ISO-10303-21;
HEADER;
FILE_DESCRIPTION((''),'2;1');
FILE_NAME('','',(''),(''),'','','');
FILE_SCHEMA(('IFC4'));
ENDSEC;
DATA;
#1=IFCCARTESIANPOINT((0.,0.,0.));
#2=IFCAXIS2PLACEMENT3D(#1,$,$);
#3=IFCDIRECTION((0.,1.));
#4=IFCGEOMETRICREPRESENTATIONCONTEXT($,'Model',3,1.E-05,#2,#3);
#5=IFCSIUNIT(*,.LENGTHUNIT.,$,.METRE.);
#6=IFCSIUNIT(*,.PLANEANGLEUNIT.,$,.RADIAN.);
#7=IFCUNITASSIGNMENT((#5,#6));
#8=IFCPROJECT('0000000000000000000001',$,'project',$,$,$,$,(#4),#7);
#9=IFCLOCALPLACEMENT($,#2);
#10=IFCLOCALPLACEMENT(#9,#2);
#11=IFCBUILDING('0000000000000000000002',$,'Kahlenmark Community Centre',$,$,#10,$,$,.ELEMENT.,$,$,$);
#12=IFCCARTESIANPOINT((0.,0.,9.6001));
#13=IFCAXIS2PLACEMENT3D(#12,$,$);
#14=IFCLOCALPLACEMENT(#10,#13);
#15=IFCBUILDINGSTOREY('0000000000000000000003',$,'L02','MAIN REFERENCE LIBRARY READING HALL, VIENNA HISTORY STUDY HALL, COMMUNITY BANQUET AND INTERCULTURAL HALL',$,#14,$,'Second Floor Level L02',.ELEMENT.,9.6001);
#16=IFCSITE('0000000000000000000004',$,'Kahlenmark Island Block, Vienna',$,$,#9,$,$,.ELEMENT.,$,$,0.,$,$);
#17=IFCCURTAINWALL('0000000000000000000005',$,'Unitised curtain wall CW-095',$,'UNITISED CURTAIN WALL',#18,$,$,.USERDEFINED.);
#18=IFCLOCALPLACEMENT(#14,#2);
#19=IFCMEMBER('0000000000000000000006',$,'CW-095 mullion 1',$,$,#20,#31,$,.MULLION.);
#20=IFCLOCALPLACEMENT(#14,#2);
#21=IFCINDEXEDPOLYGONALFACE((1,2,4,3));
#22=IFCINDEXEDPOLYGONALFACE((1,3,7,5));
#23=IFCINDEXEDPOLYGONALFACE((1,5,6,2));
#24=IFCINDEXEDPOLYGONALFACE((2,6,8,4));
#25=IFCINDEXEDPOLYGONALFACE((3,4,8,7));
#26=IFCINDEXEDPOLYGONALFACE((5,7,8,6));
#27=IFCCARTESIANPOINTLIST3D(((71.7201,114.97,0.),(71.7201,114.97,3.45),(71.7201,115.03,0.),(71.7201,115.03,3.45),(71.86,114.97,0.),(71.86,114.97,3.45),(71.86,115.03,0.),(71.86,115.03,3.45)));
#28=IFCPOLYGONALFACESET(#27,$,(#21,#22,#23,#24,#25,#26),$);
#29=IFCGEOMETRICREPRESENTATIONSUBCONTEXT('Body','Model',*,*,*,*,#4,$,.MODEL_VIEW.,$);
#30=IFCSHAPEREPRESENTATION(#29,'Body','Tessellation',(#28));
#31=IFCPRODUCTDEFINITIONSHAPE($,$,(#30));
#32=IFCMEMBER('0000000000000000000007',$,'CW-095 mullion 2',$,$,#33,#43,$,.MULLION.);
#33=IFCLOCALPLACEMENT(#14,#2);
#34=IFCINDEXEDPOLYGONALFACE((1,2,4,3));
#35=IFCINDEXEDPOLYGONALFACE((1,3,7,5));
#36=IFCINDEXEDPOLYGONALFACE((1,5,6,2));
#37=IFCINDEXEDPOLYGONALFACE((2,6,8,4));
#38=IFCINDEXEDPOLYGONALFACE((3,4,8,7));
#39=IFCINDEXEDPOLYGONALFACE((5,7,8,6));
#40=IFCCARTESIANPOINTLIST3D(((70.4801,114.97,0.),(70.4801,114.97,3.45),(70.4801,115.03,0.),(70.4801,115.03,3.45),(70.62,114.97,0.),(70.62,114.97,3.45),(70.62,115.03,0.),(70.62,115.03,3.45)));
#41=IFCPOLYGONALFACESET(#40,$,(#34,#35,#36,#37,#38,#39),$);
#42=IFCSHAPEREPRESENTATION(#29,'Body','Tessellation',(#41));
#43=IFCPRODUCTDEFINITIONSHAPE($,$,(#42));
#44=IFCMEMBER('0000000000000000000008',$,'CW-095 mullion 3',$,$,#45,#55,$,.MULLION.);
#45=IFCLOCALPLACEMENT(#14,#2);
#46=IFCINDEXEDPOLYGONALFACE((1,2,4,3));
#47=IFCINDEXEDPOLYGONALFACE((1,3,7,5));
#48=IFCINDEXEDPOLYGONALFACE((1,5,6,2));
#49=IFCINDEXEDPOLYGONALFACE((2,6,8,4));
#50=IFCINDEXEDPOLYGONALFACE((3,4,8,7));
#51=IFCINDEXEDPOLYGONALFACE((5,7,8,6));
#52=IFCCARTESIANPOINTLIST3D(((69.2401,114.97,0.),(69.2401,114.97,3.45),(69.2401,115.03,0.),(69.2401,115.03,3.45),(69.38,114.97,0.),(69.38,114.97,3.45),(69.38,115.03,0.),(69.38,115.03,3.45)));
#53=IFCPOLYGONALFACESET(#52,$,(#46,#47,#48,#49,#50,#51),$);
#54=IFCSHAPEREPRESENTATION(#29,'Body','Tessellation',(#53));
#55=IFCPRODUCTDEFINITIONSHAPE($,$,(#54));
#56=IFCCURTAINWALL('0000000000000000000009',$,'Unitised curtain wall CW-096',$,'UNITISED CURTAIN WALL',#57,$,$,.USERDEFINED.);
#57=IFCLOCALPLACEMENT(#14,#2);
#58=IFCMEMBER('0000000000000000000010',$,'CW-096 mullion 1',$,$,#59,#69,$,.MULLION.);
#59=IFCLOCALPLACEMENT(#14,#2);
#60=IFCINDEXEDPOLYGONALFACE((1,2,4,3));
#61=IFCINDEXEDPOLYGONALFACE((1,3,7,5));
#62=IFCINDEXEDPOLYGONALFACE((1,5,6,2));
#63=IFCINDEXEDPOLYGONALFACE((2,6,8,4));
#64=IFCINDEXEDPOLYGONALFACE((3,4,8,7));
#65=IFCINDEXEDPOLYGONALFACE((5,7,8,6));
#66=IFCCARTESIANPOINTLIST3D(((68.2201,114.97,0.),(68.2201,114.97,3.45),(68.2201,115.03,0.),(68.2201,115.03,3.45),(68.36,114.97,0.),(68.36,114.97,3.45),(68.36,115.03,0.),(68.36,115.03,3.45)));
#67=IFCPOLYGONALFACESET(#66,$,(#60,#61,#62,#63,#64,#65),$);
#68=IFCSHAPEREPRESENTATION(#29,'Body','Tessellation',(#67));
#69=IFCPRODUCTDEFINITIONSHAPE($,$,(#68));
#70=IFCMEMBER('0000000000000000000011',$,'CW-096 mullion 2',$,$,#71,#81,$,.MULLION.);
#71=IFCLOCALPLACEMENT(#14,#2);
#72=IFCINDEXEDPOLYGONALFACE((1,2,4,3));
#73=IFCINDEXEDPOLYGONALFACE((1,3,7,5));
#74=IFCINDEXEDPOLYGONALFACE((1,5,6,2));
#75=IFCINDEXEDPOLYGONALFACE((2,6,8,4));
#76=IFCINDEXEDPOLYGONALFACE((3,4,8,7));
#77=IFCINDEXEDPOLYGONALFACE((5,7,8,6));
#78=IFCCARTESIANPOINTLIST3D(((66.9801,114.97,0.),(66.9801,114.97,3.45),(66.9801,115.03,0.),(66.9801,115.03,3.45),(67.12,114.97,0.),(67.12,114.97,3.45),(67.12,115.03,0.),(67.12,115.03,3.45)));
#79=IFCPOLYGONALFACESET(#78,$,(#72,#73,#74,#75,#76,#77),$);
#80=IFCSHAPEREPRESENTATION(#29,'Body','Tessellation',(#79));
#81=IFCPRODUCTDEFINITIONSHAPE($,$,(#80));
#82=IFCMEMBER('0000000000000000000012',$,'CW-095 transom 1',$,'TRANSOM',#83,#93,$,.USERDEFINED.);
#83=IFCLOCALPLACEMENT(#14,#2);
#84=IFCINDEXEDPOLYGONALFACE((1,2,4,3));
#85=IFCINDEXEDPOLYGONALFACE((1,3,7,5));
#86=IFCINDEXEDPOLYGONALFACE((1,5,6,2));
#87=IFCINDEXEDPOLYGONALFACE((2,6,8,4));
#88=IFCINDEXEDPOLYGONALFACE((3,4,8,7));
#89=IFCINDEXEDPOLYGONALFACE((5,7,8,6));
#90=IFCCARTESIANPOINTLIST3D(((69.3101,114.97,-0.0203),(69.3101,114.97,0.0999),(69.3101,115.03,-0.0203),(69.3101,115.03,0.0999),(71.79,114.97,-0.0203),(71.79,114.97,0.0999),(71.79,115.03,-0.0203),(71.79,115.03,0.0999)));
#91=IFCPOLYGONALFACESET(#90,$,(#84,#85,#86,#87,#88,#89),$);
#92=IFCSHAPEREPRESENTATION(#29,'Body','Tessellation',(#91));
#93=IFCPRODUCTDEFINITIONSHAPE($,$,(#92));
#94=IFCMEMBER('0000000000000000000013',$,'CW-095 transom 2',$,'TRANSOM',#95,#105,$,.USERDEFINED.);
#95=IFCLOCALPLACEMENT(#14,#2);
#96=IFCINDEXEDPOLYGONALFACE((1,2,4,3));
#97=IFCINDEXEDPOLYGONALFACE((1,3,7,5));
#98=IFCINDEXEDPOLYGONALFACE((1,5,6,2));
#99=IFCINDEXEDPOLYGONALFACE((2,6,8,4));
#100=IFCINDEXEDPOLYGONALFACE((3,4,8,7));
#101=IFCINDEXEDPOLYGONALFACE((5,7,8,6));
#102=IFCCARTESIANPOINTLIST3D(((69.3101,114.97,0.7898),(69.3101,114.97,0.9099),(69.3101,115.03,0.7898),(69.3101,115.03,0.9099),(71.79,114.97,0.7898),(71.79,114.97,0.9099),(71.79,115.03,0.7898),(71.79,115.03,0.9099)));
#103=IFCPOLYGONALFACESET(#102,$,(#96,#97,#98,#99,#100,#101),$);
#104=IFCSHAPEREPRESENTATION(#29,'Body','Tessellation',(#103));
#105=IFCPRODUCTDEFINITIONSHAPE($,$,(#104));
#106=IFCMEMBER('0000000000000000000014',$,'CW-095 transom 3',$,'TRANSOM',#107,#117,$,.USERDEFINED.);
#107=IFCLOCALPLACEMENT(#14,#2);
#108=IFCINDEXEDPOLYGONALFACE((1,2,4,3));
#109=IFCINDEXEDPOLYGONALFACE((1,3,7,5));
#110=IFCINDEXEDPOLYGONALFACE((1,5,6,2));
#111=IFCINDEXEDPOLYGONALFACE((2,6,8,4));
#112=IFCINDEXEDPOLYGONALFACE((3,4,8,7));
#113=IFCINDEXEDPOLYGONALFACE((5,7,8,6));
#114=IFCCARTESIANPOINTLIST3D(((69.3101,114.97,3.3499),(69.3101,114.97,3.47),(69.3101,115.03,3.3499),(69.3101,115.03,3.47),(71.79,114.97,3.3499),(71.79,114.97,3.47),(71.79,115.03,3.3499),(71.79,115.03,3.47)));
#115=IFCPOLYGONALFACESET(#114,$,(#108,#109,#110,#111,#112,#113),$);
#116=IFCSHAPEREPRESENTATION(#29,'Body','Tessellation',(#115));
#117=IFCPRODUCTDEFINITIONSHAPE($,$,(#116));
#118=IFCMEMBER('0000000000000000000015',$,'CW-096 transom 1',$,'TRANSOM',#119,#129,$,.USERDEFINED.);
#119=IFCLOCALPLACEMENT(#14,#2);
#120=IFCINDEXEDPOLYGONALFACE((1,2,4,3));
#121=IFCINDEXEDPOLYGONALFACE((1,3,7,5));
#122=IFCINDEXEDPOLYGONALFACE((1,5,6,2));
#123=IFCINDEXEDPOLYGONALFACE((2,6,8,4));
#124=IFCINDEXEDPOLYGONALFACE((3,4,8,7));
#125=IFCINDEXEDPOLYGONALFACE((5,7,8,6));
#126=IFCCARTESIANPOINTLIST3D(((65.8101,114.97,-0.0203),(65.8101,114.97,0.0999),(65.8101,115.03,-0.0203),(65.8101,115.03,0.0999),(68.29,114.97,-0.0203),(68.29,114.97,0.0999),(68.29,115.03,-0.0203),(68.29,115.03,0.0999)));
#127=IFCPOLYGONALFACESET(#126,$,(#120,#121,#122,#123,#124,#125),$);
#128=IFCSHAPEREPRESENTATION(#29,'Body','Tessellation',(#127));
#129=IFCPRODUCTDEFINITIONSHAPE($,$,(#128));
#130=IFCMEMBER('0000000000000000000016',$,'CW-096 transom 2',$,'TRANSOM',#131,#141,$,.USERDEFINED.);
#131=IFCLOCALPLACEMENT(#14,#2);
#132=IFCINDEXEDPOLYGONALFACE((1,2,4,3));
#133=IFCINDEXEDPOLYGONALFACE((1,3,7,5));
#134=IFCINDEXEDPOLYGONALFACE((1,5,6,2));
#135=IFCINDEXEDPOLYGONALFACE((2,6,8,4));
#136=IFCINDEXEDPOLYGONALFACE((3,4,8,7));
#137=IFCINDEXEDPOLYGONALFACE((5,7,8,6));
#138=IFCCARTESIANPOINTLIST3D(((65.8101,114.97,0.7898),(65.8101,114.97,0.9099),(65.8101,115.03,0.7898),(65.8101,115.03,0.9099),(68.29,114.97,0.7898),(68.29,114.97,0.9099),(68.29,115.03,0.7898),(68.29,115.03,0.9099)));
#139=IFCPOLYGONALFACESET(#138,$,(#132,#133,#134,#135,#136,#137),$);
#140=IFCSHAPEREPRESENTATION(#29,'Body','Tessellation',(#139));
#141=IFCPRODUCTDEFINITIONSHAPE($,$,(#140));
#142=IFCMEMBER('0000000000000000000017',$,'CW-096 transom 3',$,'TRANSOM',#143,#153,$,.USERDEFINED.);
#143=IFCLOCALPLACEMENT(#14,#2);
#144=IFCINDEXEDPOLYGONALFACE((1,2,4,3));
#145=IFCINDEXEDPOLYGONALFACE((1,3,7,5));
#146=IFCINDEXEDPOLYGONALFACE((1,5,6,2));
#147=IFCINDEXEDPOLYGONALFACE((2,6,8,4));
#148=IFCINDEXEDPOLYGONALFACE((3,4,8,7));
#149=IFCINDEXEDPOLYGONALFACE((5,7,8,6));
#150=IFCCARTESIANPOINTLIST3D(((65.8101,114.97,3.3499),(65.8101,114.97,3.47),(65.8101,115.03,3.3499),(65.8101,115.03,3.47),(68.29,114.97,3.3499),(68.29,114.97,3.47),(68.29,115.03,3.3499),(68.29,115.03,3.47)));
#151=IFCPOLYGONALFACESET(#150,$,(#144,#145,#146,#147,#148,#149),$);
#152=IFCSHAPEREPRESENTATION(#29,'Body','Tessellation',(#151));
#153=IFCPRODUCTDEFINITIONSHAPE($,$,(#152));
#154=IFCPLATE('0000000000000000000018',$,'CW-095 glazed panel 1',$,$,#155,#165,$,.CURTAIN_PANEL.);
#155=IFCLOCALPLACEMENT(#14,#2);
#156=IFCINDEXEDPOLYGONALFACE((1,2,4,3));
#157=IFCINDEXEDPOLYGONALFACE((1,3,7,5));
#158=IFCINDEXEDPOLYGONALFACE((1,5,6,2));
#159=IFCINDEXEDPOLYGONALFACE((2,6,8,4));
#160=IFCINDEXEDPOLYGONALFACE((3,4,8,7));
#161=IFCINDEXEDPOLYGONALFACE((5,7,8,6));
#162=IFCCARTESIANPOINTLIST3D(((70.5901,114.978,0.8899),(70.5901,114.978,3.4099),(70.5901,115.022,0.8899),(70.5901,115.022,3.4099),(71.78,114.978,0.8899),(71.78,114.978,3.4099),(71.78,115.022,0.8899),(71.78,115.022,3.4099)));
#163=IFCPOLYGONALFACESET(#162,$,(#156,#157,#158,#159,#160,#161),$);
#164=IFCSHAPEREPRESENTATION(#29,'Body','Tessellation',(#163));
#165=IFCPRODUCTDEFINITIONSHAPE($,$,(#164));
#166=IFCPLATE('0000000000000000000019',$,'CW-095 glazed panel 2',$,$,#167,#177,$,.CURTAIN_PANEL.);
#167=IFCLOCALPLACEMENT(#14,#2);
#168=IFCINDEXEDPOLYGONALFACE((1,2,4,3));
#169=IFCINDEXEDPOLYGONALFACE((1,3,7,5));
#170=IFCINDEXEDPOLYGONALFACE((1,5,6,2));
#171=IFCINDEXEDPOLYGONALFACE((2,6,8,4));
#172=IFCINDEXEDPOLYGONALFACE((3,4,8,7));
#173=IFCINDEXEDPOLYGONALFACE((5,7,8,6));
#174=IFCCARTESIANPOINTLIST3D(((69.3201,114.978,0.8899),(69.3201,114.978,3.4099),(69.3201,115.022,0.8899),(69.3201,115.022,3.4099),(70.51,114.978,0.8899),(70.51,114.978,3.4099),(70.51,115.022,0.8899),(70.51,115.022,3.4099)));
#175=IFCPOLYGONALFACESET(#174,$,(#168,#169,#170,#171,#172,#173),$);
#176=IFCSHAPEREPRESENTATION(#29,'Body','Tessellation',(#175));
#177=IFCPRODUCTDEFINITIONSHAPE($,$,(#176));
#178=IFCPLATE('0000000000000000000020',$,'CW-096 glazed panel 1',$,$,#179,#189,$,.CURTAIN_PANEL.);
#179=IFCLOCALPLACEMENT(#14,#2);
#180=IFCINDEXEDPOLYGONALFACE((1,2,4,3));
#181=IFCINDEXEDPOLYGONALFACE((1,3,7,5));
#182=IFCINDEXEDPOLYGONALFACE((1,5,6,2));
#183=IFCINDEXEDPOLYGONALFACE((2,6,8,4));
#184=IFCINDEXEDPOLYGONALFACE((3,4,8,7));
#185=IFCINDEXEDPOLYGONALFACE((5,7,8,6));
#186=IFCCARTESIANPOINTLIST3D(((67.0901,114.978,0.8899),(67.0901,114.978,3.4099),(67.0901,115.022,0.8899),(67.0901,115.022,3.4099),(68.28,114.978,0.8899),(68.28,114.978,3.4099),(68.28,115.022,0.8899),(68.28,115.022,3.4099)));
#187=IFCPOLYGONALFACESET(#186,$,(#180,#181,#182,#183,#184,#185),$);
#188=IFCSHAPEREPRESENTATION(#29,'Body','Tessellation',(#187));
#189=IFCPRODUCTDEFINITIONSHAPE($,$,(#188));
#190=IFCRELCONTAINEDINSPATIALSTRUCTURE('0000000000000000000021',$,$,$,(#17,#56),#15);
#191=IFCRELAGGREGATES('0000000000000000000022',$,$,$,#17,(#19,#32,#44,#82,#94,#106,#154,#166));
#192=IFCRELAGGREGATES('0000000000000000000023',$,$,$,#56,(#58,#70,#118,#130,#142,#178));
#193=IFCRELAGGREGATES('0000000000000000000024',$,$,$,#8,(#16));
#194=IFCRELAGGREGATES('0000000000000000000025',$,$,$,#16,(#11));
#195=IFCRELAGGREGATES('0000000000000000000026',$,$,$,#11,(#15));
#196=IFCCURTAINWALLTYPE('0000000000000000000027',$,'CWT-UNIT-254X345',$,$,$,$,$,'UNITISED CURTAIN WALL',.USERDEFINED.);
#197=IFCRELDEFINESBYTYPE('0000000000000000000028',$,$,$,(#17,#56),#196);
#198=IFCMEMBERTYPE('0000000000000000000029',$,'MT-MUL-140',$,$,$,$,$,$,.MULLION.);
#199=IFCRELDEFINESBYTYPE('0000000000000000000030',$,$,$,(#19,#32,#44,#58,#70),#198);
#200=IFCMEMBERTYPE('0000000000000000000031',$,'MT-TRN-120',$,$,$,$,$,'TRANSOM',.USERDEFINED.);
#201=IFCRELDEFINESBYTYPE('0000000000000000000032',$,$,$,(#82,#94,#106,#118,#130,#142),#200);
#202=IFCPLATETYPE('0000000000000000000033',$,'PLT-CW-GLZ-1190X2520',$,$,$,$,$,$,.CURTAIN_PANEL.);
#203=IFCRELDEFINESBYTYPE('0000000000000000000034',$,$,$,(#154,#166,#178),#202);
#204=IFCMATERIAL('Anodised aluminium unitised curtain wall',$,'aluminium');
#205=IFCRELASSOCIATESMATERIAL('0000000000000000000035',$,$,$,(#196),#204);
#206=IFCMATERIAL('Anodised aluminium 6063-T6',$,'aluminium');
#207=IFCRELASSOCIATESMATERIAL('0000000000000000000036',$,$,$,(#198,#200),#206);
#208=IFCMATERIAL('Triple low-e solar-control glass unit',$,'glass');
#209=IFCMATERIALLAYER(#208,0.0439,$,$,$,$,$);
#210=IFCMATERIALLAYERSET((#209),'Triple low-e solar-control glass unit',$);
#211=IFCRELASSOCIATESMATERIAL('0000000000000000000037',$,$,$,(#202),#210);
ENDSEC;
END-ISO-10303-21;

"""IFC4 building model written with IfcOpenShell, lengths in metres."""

from ifc_helpers import new_model, si_unit, direction, frame, origin, origin_2d, place, context, subcontext, project, spatial, rectangle, extrude, material, layer, layer_set, material_profile, profile_set, type_object, element, aggregate, save


model = new_model("IFC4")

# Units and contexts
model_context = context("Model", 3, precision=1e-05, world=origin(), true_north=direction((0.0, 1.0)))
body_context = subcontext(model_context, "Body", "Model", "MODEL_VIEW")
ifc_project = project(units=[si_unit("LENGTHUNIT", "METRE"), si_unit("PLANEANGLEUNIT", "RADIAN")], contexts=[model_context])

# Site, building, storey
site_placement = place(None, origin())
site = spatial("IfcSite", under=ifc_project, at=site_placement, Name="Kahlenmark Island Block, Vienna", CompositionType="ELEMENT", RefElevation=0.0)
building_placement = place(site_placement, origin())
building = spatial("IfcBuilding", under=site, at=building_placement, Name="Kahlenmark Community Centre", CompositionType="ELEMENT")
storey_placement = place(building_placement, frame((0.0, 0.0, 9.6001)))
storey = spatial("IfcBuildingStorey", under=building, at=storey_placement, Name="L02", Description="MAIN REFERENCE LIBRARY READING HALL, VIENNA HISTORY STUDY HALL, COMMUNITY BANQUET AND INTERCULTURAL HALL", LongName="Second Floor Level L02", CompositionType="ELEMENT", Elevation=9.6001)

# Curtain walls, members
ifc_material_1 = material(Name="Anodised aluminium unitised curtain wall", Category="aluminium")
curtain_wall_type = type_object("IfcCurtainWallType", Name="CWT-UNIT-254X345", ElementType="UNITISED CURTAIN WALL", PredefinedType="USERDEFINED", material=ifc_material_1)
curtain_wall_1_placement = place(storey_placement, origin())
curtain_wall_1 = element("IfcCurtainWall", 1, at=curtain_wall_1_placement, inside=storey, type_object=curtain_wall_type, Name="Unitised curtain wall CW-095", ObjectType="UNITISED CURTAIN WALL", PredefinedType="USERDEFINED")
ifc_material_2 = material(Name="Anodised aluminium 6063-T6", Category="aluminium")
ifc_material_profile_1 = material_profile(ifc_material_2, rectangle(XDim=0.0601, YDim=0.1399, at=origin_2d()), Name="ALU MULLION 60x140")
ifc_profile_set_1 = profile_set([ifc_material_profile_1], Name="Anodised aluminium 6063-T6")
member_type_1 = type_object("IfcMemberType", Name="MT-MUL-140", PredefinedType="MULLION", material=ifc_profile_set_1)
member_1_placement = place(storey_placement, frame((71.79, 115.0, 0.0), z_axis=(0.0, 0.0, 1.0), x_axis=(0.0, -1.0, 0.0)))
member_1 = element("IfcMember", 2, at=member_1_placement, type_object=member_type_1, Name="CW-095 mullion 1", PredefinedType="MULLION", context=body_context, shape_type="SweptSolid", body=[
    extrude(rectangle(XDim=0.0601, YDim=0.1399, at=origin_2d()), origin(), (0.0, 0.0, 1.0), 3.45),
])
member_2_placement = place(storey_placement, frame((70.55, 115.0, 0.0), z_axis=(0.0, 0.0, 1.0), x_axis=(0.0, -1.0, 0.0)))
member_2 = element("IfcMember", 3, at=member_2_placement, type_object=member_type_1, Name="CW-095 mullion 2", PredefinedType="MULLION", context=body_context, shape_type="SweptSolid", body=[
    extrude(rectangle(XDim=0.0601, YDim=0.1399, at=origin_2d()), origin(), (0.0, 0.0, 1.0), 3.45),
])
member_3_placement = place(storey_placement, frame((69.3101, 115.0, 0.0), z_axis=(0.0, 0.0, 1.0), x_axis=(0.0, -1.0, 0.0)))
member_3 = element("IfcMember", 4, at=member_3_placement, type_object=member_type_1, Name="CW-095 mullion 3", PredefinedType="MULLION", context=body_context, shape_type="SweptSolid", body=[
    extrude(rectangle(XDim=0.0601, YDim=0.1399, at=origin_2d()), origin(), (0.0, 0.0, 1.0), 3.45),
])
curtain_wall_2_placement = place(storey_placement, origin())
curtain_wall_2 = element("IfcCurtainWall", 5, at=curtain_wall_2_placement, inside=storey, type_object=curtain_wall_type, Name="Unitised curtain wall CW-096", ObjectType="UNITISED CURTAIN WALL", PredefinedType="USERDEFINED")
member_4_placement = place(storey_placement, frame((68.29, 115.0, 0.0), z_axis=(0.0, 0.0, 1.0), x_axis=(0.0, -1.0, 0.0)))
member_4 = element("IfcMember", 6, at=member_4_placement, type_object=member_type_1, Name="CW-096 mullion 1", PredefinedType="MULLION", context=body_context, shape_type="SweptSolid", body=[
    extrude(rectangle(XDim=0.0601, YDim=0.1399, at=origin_2d()), origin(), (0.0, 0.0, 1.0), 3.45),
])
member_5_placement = place(storey_placement, frame((67.05, 115.0, 0.0), z_axis=(0.0, 0.0, 1.0), x_axis=(0.0, -1.0, 0.0)))
member_5 = element("IfcMember", 7, at=member_5_placement, type_object=member_type_1, Name="CW-096 mullion 2", PredefinedType="MULLION", context=body_context, shape_type="SweptSolid", body=[
    extrude(rectangle(XDim=0.0601, YDim=0.1399, at=origin_2d()), origin(), (0.0, 0.0, 1.0), 3.45),
])

# Members
ifc_material_profile_2 = material_profile(ifc_material_2, rectangle(XDim=0.0601, YDim=0.1201, at=origin_2d()), Name="ALU TRANSOM 60x120")
ifc_profile_set_2 = profile_set([ifc_material_profile_2], Name="Anodised aluminium 6063-T6")
member_type_2 = type_object("IfcMemberType", Name="MT-TRN-120", ElementType="TRANSOM", PredefinedType="USERDEFINED", material=ifc_profile_set_2)
member_6_placement = place(storey_placement, frame((71.79, 115.0, 0.0398), z_axis=(-1.0, 0.0, 0.0), x_axis=(0.0, -1.0, 0.0)))
member_6 = element("IfcMember", 8, at=member_6_placement, type_object=member_type_2, Name="CW-095 transom 1", ObjectType="TRANSOM", PredefinedType="USERDEFINED", context=body_context, shape_type="SweptSolid", body=[
    extrude(rectangle(XDim=0.0601, YDim=0.1201, at=origin_2d()), origin(), (0.0, 0.0, 1.0), 2.48),
])
member_7_placement = place(storey_placement, frame((71.79, 115.0, 0.8499), z_axis=(-1.0, 0.0, 0.0), x_axis=(0.0, -1.0, 0.0)))
member_7 = element("IfcMember", 9, at=member_7_placement, type_object=member_type_2, Name="CW-095 transom 2", ObjectType="TRANSOM", PredefinedType="USERDEFINED", context=body_context, shape_type="SweptSolid", body=[
    extrude(rectangle(XDim=0.0601, YDim=0.1201, at=origin_2d()), origin(), (0.0, 0.0, 1.0), 2.48),
])
member_8_placement = place(storey_placement, frame((71.79, 115.0, 3.4099), z_axis=(-1.0, 0.0, 0.0), x_axis=(0.0, -1.0, 0.0)))
member_8 = element("IfcMember", 10, at=member_8_placement, type_object=member_type_2, Name="CW-095 transom 3", ObjectType="TRANSOM", PredefinedType="USERDEFINED", context=body_context, shape_type="SweptSolid", body=[
    extrude(rectangle(XDim=0.0601, YDim=0.1201, at=origin_2d()), origin(), (0.0, 0.0, 1.0), 2.48),
])
member_9_placement = place(storey_placement, frame((68.29, 115.0, 0.0398), z_axis=(-1.0, 0.0, 0.0), x_axis=(0.0, -1.0, 0.0)))
member_9 = element("IfcMember", 11, at=member_9_placement, type_object=member_type_2, Name="CW-096 transom 1", ObjectType="TRANSOM", PredefinedType="USERDEFINED", context=body_context, shape_type="SweptSolid", body=[
    extrude(rectangle(XDim=0.0601, YDim=0.1201, at=origin_2d()), origin(), (0.0, 0.0, 1.0), 2.48),
])
member_10_placement = place(storey_placement, frame((68.29, 115.0, 0.8499), z_axis=(-1.0, 0.0, 0.0), x_axis=(0.0, -1.0, 0.0)))
member_10 = element("IfcMember", 12, at=member_10_placement, type_object=member_type_2, Name="CW-096 transom 2", ObjectType="TRANSOM", PredefinedType="USERDEFINED", context=body_context, shape_type="SweptSolid", body=[
    extrude(rectangle(XDim=0.0601, YDim=0.1201, at=origin_2d()), origin(), (0.0, 0.0, 1.0), 2.48),
])
member_11_placement = place(storey_placement, frame((68.29, 115.0, 3.4099), z_axis=(-1.0, 0.0, 0.0), x_axis=(0.0, -1.0, 0.0)))
member_11 = element("IfcMember", 13, at=member_11_placement, type_object=member_type_2, Name="CW-096 transom 3", ObjectType="TRANSOM", PredefinedType="USERDEFINED", context=body_context, shape_type="SweptSolid", body=[
    extrude(rectangle(XDim=0.0601, YDim=0.1201, at=origin_2d()), origin(), (0.0, 0.0, 1.0), 2.48),
])

# Plates
ifc_material_3 = material(Name="Triple low-e solar-control glass unit", Category="glass")
ifc_layer_1 = layer(ifc_material_3, 0.0439)
ifc_layer_set_1 = layer_set([ifc_layer_1], Name="Triple low-e solar-control glass unit")
plate_type_1 = type_object("IfcPlateType", Name="PLT-CW-GLZ-1190X2520", PredefinedType="CURTAIN_PANEL", material=ifc_layer_set_1)
plate_1_placement = place(storey_placement, frame((71.1851, 115.0, 0.8899), z_axis=(0.0, 0.0, 1.0), x_axis=(-1.0, 0.0, 0.0)))
plate_1 = element("IfcPlate", 14, at=plate_1_placement, type_object=plate_type_1, Name="CW-095 glazed panel 1", PredefinedType="CURTAIN_PANEL", context=body_context, shape_type="SweptSolid", body=[
    extrude(rectangle(XDim=1.1899, YDim=0.0439, at=origin_2d()), origin(), (0.0, 0.0, 1.0), 2.52),
])
plate_2_placement = place(storey_placement, frame((69.915, 115.0, 0.8899), z_axis=(0.0, 0.0, 1.0), x_axis=(-1.0, 0.0, 0.0)))
plate_2 = element("IfcPlate", 15, at=plate_2_placement, type_object=plate_type_1, Name="CW-095 glazed panel 2", PredefinedType="CURTAIN_PANEL", context=body_context, shape_type="SweptSolid", body=[
    extrude(rectangle(XDim=1.1899, YDim=0.0439, at=origin_2d()), origin(), (0.0, 0.0, 1.0), 2.52),
])
plate_3_placement = place(storey_placement, frame((67.6851, 115.0, 0.8899), z_axis=(0.0, 0.0, 1.0), x_axis=(-1.0, 0.0, 0.0)))
plate_3 = element("IfcPlate", 16, at=plate_3_placement, type_object=plate_type_1, Name="CW-096 glazed panel 1", PredefinedType="CURTAIN_PANEL", context=body_context, shape_type="SweptSolid", body=[
    extrude(rectangle(XDim=1.1899, YDim=0.0439, at=origin_2d()), origin(), (0.0, 0.0, 1.0), 2.52),
])
aggregate(curtain_wall_1, [member_1, member_2, member_3, member_6, member_7, member_8, plate_1, plate_2])
aggregate(curtain_wall_2, [member_4, member_5, member_9, member_10, member_11, plate_3])

save(model, "model.ifc")
